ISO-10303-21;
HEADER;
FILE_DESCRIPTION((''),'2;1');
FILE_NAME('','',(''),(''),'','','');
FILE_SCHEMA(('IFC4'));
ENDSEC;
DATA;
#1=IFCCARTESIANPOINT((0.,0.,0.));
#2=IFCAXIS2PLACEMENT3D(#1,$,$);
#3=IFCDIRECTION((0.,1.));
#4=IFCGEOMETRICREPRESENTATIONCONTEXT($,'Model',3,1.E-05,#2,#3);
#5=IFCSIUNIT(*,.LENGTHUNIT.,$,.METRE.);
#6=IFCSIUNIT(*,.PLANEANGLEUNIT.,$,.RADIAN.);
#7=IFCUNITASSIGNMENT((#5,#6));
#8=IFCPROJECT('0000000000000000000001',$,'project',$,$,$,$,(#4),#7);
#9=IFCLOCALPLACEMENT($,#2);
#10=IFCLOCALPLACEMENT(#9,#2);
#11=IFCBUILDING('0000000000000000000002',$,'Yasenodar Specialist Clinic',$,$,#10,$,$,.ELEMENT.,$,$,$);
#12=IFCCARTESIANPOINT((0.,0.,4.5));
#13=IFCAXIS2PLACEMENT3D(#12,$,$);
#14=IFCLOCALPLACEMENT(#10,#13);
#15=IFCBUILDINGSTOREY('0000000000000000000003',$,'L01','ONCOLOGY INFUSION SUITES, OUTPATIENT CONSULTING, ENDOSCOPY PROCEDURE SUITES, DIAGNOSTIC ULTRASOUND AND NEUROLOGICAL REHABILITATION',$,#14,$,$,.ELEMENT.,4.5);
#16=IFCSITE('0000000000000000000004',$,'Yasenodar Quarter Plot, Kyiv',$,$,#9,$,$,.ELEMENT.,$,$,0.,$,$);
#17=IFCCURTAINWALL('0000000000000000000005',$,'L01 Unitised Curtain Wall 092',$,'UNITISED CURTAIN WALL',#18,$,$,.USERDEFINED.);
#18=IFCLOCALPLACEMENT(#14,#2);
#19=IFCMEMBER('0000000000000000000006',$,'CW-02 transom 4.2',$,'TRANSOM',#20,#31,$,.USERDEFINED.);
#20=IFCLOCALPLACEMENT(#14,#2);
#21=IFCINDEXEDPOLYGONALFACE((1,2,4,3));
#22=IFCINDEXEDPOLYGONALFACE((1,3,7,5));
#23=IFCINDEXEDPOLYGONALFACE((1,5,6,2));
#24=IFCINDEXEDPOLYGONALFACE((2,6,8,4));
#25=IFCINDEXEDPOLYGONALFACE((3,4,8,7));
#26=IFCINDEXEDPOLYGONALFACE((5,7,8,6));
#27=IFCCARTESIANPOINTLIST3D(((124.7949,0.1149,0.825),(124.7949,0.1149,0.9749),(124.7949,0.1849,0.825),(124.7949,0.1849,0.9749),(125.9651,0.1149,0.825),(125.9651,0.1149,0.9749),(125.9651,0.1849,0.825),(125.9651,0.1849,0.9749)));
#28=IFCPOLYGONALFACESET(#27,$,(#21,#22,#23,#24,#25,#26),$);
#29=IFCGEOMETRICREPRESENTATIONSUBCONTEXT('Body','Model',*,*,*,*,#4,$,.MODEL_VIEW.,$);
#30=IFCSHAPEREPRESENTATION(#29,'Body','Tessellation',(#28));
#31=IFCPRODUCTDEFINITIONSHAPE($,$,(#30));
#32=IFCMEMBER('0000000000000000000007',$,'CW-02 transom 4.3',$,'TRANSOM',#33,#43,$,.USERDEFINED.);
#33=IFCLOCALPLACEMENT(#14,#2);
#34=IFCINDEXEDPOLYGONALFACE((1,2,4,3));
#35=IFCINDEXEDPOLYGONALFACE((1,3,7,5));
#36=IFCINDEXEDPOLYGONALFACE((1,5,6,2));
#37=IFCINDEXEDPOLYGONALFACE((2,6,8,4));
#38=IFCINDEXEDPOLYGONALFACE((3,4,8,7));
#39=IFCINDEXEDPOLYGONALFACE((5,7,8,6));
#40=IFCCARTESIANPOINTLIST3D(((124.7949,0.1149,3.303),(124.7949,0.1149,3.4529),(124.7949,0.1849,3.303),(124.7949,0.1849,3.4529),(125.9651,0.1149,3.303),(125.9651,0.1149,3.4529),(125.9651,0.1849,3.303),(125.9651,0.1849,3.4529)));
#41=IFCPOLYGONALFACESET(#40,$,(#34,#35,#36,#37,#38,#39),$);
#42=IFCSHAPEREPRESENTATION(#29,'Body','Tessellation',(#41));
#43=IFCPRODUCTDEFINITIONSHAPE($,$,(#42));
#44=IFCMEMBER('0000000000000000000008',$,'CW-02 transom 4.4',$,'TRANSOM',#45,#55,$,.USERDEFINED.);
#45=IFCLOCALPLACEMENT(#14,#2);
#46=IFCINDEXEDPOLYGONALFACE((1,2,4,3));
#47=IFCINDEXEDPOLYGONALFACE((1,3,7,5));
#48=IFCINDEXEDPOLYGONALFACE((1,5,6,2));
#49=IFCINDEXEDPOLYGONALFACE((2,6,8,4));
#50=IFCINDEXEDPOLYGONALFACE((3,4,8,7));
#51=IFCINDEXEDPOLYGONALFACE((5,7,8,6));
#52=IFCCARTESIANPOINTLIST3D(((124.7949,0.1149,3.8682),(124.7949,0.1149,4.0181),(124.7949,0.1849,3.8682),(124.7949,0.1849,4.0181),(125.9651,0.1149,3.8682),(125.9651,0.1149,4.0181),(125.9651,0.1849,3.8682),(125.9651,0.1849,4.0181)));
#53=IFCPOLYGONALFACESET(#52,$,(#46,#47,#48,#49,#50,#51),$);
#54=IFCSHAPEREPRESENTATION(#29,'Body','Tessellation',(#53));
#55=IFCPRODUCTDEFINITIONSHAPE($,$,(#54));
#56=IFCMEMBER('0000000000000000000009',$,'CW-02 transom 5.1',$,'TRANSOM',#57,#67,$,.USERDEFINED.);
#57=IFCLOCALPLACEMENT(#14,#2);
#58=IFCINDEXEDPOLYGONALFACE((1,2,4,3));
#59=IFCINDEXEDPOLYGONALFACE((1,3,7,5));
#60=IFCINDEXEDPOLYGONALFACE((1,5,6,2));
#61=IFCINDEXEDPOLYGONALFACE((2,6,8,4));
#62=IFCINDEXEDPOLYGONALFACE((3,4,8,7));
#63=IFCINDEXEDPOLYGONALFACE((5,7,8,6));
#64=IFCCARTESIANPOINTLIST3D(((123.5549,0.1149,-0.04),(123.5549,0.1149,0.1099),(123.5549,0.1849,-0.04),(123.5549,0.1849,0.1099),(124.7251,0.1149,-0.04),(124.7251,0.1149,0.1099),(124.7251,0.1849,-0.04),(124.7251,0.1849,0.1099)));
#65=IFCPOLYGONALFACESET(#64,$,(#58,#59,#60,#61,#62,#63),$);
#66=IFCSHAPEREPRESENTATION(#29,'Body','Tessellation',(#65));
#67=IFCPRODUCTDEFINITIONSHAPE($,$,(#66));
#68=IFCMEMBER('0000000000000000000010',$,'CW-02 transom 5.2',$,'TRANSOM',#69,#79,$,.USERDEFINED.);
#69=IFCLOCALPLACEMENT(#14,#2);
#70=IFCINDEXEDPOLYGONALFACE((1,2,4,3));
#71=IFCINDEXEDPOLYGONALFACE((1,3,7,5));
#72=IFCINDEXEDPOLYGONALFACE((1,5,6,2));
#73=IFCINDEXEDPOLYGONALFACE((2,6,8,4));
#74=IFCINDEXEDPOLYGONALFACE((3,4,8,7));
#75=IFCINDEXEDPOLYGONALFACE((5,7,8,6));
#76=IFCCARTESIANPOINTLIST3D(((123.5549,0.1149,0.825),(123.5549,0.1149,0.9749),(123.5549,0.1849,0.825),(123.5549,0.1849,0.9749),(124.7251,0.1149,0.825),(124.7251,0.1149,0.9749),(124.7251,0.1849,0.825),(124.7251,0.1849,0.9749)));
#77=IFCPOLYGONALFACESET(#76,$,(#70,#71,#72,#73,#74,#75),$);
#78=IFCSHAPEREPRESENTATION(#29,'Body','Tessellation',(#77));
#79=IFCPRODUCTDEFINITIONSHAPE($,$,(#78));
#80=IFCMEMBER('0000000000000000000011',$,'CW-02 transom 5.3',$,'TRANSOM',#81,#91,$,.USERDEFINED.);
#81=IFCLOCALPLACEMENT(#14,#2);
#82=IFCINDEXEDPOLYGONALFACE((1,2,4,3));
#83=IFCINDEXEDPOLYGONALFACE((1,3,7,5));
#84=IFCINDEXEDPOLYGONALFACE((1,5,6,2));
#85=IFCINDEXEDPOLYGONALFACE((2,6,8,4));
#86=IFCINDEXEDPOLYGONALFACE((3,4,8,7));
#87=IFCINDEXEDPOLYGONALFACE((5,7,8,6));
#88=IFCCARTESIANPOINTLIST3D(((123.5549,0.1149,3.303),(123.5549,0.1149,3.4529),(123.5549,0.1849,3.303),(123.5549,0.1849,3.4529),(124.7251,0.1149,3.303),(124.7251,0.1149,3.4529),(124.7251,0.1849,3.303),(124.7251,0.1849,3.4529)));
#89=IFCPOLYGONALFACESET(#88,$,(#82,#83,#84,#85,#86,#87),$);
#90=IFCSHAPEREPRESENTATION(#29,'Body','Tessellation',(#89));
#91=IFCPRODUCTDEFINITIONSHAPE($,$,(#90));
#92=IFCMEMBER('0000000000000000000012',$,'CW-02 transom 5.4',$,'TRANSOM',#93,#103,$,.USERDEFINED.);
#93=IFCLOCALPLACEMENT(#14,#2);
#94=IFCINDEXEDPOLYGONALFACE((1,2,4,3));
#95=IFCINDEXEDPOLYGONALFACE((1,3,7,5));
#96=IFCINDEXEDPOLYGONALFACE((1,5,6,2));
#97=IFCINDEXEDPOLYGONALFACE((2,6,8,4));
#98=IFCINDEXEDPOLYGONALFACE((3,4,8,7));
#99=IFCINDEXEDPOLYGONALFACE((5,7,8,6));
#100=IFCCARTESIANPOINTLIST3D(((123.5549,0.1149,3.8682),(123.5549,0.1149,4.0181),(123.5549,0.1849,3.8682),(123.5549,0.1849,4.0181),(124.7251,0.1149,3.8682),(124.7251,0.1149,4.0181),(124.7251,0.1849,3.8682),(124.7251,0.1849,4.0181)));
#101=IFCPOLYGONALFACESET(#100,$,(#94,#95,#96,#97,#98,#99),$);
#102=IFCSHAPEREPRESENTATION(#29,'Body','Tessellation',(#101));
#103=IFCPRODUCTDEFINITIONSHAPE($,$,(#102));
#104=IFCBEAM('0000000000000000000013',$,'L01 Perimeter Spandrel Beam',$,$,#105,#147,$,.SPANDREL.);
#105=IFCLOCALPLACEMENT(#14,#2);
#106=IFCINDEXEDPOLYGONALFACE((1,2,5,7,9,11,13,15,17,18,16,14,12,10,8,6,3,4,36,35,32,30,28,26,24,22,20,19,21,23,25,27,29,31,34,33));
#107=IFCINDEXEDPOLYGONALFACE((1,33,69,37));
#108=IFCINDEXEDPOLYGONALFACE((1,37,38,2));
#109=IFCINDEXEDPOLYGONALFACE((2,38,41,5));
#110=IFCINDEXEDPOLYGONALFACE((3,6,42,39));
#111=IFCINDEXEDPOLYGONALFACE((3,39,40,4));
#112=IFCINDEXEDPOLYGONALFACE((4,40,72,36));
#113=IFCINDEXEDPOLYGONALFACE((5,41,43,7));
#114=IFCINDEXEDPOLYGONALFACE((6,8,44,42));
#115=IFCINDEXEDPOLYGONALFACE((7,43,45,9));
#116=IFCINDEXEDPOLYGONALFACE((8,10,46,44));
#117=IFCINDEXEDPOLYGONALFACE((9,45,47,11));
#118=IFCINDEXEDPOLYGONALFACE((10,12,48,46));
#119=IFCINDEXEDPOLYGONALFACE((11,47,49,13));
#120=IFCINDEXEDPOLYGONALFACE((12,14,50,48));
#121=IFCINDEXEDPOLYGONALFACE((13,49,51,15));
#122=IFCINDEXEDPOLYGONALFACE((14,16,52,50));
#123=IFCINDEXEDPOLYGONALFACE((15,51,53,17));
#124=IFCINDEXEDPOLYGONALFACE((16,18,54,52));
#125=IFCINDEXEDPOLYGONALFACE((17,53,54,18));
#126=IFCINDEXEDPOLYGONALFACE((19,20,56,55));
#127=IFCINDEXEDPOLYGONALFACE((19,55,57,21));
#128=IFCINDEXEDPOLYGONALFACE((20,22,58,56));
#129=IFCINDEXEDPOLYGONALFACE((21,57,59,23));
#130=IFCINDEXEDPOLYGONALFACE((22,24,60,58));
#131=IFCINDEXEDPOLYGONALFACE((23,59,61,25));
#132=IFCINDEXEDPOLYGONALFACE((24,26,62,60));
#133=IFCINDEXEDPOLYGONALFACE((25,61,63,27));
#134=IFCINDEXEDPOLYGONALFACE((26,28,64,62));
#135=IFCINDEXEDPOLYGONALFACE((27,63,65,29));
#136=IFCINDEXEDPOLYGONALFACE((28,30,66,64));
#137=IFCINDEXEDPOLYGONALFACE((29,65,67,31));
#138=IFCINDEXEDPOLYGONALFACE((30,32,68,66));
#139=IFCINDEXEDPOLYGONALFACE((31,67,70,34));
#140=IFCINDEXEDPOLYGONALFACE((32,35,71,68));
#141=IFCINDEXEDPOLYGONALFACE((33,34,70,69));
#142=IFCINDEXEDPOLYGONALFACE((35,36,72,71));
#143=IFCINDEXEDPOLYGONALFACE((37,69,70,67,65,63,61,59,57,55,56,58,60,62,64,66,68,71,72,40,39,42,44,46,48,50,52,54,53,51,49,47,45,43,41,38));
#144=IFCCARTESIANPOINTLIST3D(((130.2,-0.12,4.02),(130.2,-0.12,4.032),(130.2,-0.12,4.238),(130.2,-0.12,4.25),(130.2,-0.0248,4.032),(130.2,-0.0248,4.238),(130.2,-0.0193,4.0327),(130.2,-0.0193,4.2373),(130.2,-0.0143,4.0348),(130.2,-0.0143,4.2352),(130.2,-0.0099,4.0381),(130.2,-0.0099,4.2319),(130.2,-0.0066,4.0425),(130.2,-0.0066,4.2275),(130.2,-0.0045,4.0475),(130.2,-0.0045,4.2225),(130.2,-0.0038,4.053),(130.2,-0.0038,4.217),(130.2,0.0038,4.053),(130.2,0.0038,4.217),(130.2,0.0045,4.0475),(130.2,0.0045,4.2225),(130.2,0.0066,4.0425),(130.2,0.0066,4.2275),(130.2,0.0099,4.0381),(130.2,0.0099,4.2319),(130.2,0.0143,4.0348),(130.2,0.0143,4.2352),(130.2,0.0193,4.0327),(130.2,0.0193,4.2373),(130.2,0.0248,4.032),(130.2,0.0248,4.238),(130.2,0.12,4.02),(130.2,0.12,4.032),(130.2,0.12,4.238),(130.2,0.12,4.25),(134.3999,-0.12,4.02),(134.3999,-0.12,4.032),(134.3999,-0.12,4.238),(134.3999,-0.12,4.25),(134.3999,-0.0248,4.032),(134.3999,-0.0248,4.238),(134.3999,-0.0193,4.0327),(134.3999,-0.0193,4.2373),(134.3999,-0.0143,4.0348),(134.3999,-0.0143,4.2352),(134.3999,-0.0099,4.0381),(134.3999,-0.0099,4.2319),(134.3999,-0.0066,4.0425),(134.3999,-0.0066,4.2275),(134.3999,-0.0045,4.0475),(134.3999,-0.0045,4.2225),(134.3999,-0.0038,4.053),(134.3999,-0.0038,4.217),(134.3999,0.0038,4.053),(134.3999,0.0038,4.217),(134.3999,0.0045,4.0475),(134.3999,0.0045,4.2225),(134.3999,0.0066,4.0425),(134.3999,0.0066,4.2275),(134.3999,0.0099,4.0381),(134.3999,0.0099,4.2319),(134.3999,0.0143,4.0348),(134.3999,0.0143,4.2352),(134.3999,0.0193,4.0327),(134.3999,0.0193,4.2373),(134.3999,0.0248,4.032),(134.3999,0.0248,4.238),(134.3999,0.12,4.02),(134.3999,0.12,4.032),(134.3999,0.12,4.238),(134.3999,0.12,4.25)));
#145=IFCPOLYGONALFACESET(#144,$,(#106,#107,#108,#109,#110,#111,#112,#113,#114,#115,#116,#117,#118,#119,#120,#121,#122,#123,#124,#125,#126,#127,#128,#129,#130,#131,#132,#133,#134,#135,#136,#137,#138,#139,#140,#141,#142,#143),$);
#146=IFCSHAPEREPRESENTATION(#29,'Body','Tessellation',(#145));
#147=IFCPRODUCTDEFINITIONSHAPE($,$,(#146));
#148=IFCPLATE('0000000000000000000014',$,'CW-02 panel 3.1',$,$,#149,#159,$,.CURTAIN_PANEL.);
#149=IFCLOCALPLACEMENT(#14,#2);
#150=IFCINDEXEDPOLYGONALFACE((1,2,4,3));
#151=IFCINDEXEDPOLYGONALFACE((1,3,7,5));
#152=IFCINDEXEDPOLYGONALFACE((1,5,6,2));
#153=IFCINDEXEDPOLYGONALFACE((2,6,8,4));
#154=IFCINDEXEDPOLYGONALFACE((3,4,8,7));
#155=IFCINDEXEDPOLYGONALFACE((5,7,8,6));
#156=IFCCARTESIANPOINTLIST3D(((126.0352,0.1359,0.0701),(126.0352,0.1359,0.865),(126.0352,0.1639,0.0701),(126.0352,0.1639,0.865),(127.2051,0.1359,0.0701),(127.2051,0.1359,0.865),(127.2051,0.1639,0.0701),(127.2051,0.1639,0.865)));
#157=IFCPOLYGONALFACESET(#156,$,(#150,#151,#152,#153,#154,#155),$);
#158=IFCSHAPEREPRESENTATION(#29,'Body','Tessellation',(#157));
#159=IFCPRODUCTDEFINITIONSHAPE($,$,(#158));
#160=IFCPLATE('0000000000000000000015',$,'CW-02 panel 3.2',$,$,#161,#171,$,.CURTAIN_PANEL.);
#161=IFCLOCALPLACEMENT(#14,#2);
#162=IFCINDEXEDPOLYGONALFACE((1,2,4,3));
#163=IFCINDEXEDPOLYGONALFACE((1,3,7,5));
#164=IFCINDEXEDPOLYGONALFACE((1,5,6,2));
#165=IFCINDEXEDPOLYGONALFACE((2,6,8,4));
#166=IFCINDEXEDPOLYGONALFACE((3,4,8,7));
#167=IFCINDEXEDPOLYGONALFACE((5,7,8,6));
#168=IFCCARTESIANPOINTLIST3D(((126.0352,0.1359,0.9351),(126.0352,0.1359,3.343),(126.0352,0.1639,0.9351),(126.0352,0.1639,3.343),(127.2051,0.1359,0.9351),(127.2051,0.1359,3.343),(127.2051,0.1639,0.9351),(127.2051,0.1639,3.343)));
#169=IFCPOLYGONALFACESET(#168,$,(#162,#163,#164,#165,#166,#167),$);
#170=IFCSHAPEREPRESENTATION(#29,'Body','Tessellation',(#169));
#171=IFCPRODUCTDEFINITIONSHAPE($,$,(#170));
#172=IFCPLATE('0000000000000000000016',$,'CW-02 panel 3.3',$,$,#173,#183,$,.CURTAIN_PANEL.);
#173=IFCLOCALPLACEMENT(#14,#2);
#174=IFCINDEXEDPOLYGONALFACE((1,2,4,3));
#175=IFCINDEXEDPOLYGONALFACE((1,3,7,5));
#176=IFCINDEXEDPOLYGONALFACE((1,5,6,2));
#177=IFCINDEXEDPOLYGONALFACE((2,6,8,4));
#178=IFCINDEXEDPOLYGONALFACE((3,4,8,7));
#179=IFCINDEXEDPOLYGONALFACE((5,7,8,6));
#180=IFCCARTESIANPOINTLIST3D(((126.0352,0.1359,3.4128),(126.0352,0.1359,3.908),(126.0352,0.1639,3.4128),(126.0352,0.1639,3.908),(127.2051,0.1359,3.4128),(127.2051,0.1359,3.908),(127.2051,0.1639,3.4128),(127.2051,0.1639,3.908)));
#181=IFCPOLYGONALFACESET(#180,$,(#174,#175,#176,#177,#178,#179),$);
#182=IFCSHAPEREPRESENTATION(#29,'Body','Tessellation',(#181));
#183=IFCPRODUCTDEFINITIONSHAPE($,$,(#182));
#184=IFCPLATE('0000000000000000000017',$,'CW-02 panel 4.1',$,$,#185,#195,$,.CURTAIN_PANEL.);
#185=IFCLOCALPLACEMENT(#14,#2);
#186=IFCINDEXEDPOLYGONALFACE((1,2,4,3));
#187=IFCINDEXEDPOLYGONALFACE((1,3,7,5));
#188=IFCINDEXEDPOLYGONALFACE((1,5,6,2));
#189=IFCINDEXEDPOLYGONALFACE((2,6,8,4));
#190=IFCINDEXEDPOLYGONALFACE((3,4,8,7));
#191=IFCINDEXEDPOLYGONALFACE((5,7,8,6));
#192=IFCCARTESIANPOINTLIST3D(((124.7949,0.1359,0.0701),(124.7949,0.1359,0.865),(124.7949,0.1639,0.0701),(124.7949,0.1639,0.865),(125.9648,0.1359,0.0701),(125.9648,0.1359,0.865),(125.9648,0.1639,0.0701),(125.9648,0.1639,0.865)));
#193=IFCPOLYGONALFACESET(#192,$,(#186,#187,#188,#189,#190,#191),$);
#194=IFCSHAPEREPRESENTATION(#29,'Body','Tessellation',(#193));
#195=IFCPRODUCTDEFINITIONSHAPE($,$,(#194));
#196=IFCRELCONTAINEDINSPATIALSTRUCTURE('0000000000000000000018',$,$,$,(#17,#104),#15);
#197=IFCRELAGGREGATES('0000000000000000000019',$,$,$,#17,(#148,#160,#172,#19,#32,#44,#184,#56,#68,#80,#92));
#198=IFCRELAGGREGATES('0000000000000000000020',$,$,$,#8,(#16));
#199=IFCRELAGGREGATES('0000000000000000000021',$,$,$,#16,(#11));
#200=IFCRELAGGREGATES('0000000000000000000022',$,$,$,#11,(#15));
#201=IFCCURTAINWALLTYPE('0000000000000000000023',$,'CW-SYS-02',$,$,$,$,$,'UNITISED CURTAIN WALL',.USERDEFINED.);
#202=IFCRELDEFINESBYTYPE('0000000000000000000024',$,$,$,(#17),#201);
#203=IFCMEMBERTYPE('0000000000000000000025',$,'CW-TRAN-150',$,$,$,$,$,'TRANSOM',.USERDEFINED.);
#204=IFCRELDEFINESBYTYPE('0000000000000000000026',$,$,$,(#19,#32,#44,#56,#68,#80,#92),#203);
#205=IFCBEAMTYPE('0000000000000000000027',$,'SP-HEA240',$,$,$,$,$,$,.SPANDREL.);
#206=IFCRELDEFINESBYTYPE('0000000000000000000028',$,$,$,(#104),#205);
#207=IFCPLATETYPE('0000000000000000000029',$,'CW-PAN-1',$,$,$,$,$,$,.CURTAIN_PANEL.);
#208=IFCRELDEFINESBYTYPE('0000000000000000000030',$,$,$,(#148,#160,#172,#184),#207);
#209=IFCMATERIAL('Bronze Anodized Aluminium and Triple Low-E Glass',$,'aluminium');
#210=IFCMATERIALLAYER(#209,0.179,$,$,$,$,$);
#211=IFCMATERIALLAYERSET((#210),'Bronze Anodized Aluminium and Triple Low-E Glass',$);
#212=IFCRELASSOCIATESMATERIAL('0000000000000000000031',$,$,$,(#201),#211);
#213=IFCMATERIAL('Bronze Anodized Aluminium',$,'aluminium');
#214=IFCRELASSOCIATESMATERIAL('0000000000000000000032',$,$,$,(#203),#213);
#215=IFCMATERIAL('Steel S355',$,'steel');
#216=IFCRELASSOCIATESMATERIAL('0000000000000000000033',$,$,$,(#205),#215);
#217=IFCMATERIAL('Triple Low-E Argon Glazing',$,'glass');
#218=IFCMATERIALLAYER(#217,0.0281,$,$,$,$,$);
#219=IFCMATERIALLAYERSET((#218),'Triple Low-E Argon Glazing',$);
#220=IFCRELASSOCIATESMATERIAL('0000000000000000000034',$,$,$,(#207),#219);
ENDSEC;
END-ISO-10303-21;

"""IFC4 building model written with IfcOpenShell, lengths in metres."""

from ifc_helpers import new_model, si_unit, direction, frame, origin, origin_2d, place, context, subcontext, project, spatial, rectangle, i_section, extrude, material, layer, layer_set, material_profile, profile_set, type_object, element, aggregate, save


model = new_model("IFC4")

# Units and contexts
model_context = context("Model", 3, precision=1e-05, world=origin(), true_north=direction((0.0, 1.0)))
body_context = subcontext(model_context, "Body", "Model", "MODEL_VIEW")
ifc_project = project(units=[si_unit("LENGTHUNIT", "METRE"), si_unit("PLANEANGLEUNIT", "RADIAN")], contexts=[model_context])

# Site, building, storey
site_placement = place(None, origin())
site = spatial("IfcSite", under=ifc_project, at=site_placement, Name="Yasenodar Quarter Plot, Kyiv", CompositionType="ELEMENT", RefElevation=0.0)
building_placement = place(site_placement, origin())
building = spatial("IfcBuilding", under=site, at=building_placement, Name="Yasenodar Specialist Clinic", CompositionType="ELEMENT")
storey_placement = place(building_placement, frame((0.0, 0.0, 4.5)))
storey = spatial("IfcBuildingStorey", under=building, at=storey_placement, Name="L01", Description="ONCOLOGY INFUSION SUITES, OUTPATIENT CONSULTING, ENDOSCOPY PROCEDURE SUITES, DIAGNOSTIC ULTRASOUND AND NEUROLOGICAL REHABILITATION", CompositionType="ELEMENT", Elevation=4.5)

# Shared definitions
ifc_material_1 = material(Name="Steel S355", Category="steel")

# Curtain wall, members
ifc_material_2 = material(Name="Bronze Anodized Aluminium and Triple Low-E Glass", Category="aluminium")
ifc_layer_1 = layer(ifc_material_2, 0.179)
ifc_layer_set_1 = layer_set([ifc_layer_1], Name="Bronze Anodized Aluminium and Triple Low-E Glass")
curtain_wall_type = type_object("IfcCurtainWallType", Name="CW-SYS-02", ElementType="UNITISED CURTAIN WALL", PredefinedType="USERDEFINED", material=ifc_layer_set_1)
curtain_wall_placement = place(storey_placement, origin())
curtain_wall = element("IfcCurtainWall", 1, at=curtain_wall_placement, inside=storey, type_object=curtain_wall_type, Name="L01 Unitised Curtain Wall 092", ObjectType="UNITISED CURTAIN WALL", PredefinedType="USERDEFINED")
ifc_material_3 = material(Name="Bronze Anodized Aluminium", Category="aluminium")
ifc_material_profile_1 = material_profile(ifc_material_3, rectangle(XDim=0.0701, YDim=0.1499, at=origin_2d()), Name="CW-TRAN 70x150")
ifc_profile_set_1 = profile_set([ifc_material_profile_1], Name="Bronze Anodized Aluminium")
member_type_1 = type_object("IfcMemberType", Name="CW-TRAN-150", ElementType="TRANSOM", PredefinedType="USERDEFINED", material=ifc_profile_set_1)
member_1_placement = place(storey_placement, frame((125.9651, 0.1499, 0.8999), z_axis=(-1.0, 0.0, 0.0), x_axis=(0.0, -1.0, 0.0)))
member_1 = element("IfcMember", 2, at=member_1_placement, type_object=member_type_1, Name="CW-02 transom 4.2", ObjectType="TRANSOM", PredefinedType="USERDEFINED", context=body_context, shape_type="SweptSolid", body=[
    extrude(rectangle(XDim=0.0701, YDim=0.1499, at=origin_2d()), origin(), (0.0, 0.0, 1.0), 1.1702),
])
member_2_placement = place(storey_placement, frame((125.9651, 0.1499, 3.3779), z_axis=(-1.0, 0.0, 0.0), x_axis=(0.0, -1.0, 0.0)))
member_2 = element("IfcMember", 3, at=member_2_placement, type_object=member_type_1, Name="CW-02 transom 4.3", ObjectType="TRANSOM", PredefinedType="USERDEFINED", context=body_context, shape_type="SweptSolid", body=[
    extrude(rectangle(XDim=0.0701, YDim=0.1499, at=origin_2d()), origin(), (0.0, 0.0, 1.0), 1.1702),
])
member_3_placement = place(storey_placement, frame((125.9651, 0.1499, 3.9431), z_axis=(-1.0, 0.0, 0.0), x_axis=(0.0, -1.0, 0.0)))
member_3 = element("IfcMember", 4, at=member_3_placement, type_object=member_type_1, Name="CW-02 transom 4.4", ObjectType="TRANSOM", PredefinedType="USERDEFINED", context=body_context, shape_type="SweptSolid", body=[
    extrude(rectangle(XDim=0.0701, YDim=0.1499, at=origin_2d()), origin(), (0.0, 0.0, 1.0), 1.1702),
])
member_4_placement = place(storey_placement, frame((124.7251, 0.1499, 0.0349), z_axis=(-1.0, 0.0, 0.0), x_axis=(0.0, -1.0, 0.0)))
member_4 = element("IfcMember", 5, at=member_4_placement, type_object=member_type_1, Name="CW-02 transom 5.1", ObjectType="TRANSOM", PredefinedType="USERDEFINED", context=body_context, shape_type="SweptSolid", body=[
    extrude(rectangle(XDim=0.0701, YDim=0.1499, at=origin_2d()), origin(), (0.0, 0.0, 1.0), 1.1702),
])
member_5_placement = place(storey_placement, frame((124.7251, 0.1499, 0.8999), z_axis=(-1.0, 0.0, 0.0), x_axis=(0.0, -1.0, 0.0)))
member_5 = element("IfcMember", 6, at=member_5_placement, type_object=member_type_1, Name="CW-02 transom 5.2", ObjectType="TRANSOM", PredefinedType="USERDEFINED", context=body_context, shape_type="SweptSolid", body=[
    extrude(rectangle(XDim=0.0701, YDim=0.1499, at=origin_2d()), origin(), (0.0, 0.0, 1.0), 1.1702),
])
member_6_placement = place(storey_placement, frame((124.7251, 0.1499, 3.3779), z_axis=(-1.0, 0.0, 0.0), x_axis=(0.0, -1.0, 0.0)))
member_6 = element("IfcMember", 7, at=member_6_placement, type_object=member_type_1, Name="CW-02 transom 5.3", ObjectType="TRANSOM", PredefinedType="USERDEFINED", context=body_context, shape_type="SweptSolid", body=[
    extrude(rectangle(XDim=0.0701, YDim=0.1499, at=origin_2d()), origin(), (0.0, 0.0, 1.0), 1.1702),
])
member_7_placement = place(storey_placement, frame((124.7251, 0.1499, 3.9431), z_axis=(-1.0, 0.0, 0.0), x_axis=(0.0, -1.0, 0.0)))
member_7 = element("IfcMember", 8, at=member_7_placement, type_object=member_type_1, Name="CW-02 transom 5.4", ObjectType="TRANSOM", PredefinedType="USERDEFINED", context=body_context, shape_type="SweptSolid", body=[
    extrude(rectangle(XDim=0.0701, YDim=0.1499, at=origin_2d()), origin(), (0.0, 0.0, 1.0), 1.1702),
])

# Beam
ifc_material_profile_2 = material_profile(ifc_material_1, i_section(OverallWidth=0.24, OverallDepth=0.23, WebThickness=0.0076, FlangeThickness=0.012, FilletRadius=0.021, at=origin_2d()), Name="HEA 240")
ifc_profile_set_2 = profile_set([ifc_material_profile_2], Name="Steel S355")
beam_type_1 = type_object("IfcBeamType", Name="SP-HEA240", PredefinedType="SPANDREL", material=ifc_profile_set_2)
beam_1_placement = place(storey_placement, frame((130.2, 0.0, 4.135), z_axis=(1.0, 0.0, 0.0), x_axis=(0.0, 1.0, 0.0)))
element("IfcBeam", 9, at=beam_1_placement, inside=storey, type_object=beam_type_1, Name="L01 Perimeter Spandrel Beam", PredefinedType="SPANDREL", context=body_context, shape_type="SweptSolid", body=[
    extrude(i_section(OverallWidth=0.24, OverallDepth=0.23, WebThickness=0.0076, FlangeThickness=0.012, FilletRadius=0.021, at=origin_2d()), origin(), (0.0, 0.0, 1.0), 4.2),
])

# Plates
ifc_material_4 = material(Name="Triple Low-E Argon Glazing", Category="glass")
ifc_layer_2 = layer(ifc_material_4, 0.0281)
ifc_layer_set_2 = layer_set([ifc_layer_2], Name="Triple Low-E Argon Glazing")
plate_type = type_object("IfcPlateType", Name="CW-PAN-1", PredefinedType="CURTAIN_PANEL", material=ifc_layer_set_2)
plate_1_placement = place(storey_placement, frame((126.6201, 0.1499, 0.0701), z_axis=(0.0, 0.0, 1.0), x_axis=(-1.0, 0.0, 0.0)))
plate_1 = element("IfcPlate", 10, at=plate_1_placement, type_object=plate_type, Name="CW-02 panel 3.1", PredefinedType="CURTAIN_PANEL", context=body_context, shape_type="SweptSolid", body=[
    extrude(rectangle(XDim=1.1699, YDim=0.0281, at=origin_2d()), origin(), (0.0, 0.0, 1.0), 0.7949),
])
plate_2_placement = place(storey_placement, frame((126.6201, 0.1499, 0.9351), z_axis=(0.0, 0.0, 1.0), x_axis=(-1.0, 0.0, 0.0)))
plate_2 = element("IfcPlate", 11, at=plate_2_placement, type_object=plate_type, Name="CW-02 panel 3.2", PredefinedType="CURTAIN_PANEL", context=body_context, shape_type="SweptSolid", body=[
    extrude(rectangle(XDim=1.1699, YDim=0.0281, at=origin_2d()), origin(), (0.0, 0.0, 1.0), 2.408),
])
plate_3_placement = place(storey_placement, frame((126.6201, 0.1499, 3.4128), z_axis=(0.0, 0.0, 1.0), x_axis=(-1.0, 0.0, 0.0)))
plate_3 = element("IfcPlate", 12, at=plate_3_placement, type_object=plate_type, Name="CW-02 panel 3.3", PredefinedType="CURTAIN_PANEL", context=body_context, shape_type="SweptSolid", body=[
    extrude(rectangle(XDim=1.1699, YDim=0.0281, at=origin_2d()), origin(), (0.0, 0.0, 1.0), 0.4951),
])
plate_4_placement = place(storey_placement, frame((125.3799, 0.1499, 0.0701), z_axis=(0.0, 0.0, 1.0), x_axis=(-1.0, 0.0, 0.0)))
plate_4 = element("IfcPlate", 13, at=plate_4_placement, type_object=plate_type, Name="CW-02 panel 4.1", PredefinedType="CURTAIN_PANEL", context=body_context, shape_type="SweptSolid", body=[
    extrude(rectangle(XDim=1.1699, YDim=0.0281, at=origin_2d()), origin(), (0.0, 0.0, 1.0), 0.7949),
])
aggregate(curtain_wall, [plate_1, plate_2, plate_3, member_1, member_2, member_3, plate_4, member_4, member_5, member_6, member_7])

save(model, "model.ifc")
